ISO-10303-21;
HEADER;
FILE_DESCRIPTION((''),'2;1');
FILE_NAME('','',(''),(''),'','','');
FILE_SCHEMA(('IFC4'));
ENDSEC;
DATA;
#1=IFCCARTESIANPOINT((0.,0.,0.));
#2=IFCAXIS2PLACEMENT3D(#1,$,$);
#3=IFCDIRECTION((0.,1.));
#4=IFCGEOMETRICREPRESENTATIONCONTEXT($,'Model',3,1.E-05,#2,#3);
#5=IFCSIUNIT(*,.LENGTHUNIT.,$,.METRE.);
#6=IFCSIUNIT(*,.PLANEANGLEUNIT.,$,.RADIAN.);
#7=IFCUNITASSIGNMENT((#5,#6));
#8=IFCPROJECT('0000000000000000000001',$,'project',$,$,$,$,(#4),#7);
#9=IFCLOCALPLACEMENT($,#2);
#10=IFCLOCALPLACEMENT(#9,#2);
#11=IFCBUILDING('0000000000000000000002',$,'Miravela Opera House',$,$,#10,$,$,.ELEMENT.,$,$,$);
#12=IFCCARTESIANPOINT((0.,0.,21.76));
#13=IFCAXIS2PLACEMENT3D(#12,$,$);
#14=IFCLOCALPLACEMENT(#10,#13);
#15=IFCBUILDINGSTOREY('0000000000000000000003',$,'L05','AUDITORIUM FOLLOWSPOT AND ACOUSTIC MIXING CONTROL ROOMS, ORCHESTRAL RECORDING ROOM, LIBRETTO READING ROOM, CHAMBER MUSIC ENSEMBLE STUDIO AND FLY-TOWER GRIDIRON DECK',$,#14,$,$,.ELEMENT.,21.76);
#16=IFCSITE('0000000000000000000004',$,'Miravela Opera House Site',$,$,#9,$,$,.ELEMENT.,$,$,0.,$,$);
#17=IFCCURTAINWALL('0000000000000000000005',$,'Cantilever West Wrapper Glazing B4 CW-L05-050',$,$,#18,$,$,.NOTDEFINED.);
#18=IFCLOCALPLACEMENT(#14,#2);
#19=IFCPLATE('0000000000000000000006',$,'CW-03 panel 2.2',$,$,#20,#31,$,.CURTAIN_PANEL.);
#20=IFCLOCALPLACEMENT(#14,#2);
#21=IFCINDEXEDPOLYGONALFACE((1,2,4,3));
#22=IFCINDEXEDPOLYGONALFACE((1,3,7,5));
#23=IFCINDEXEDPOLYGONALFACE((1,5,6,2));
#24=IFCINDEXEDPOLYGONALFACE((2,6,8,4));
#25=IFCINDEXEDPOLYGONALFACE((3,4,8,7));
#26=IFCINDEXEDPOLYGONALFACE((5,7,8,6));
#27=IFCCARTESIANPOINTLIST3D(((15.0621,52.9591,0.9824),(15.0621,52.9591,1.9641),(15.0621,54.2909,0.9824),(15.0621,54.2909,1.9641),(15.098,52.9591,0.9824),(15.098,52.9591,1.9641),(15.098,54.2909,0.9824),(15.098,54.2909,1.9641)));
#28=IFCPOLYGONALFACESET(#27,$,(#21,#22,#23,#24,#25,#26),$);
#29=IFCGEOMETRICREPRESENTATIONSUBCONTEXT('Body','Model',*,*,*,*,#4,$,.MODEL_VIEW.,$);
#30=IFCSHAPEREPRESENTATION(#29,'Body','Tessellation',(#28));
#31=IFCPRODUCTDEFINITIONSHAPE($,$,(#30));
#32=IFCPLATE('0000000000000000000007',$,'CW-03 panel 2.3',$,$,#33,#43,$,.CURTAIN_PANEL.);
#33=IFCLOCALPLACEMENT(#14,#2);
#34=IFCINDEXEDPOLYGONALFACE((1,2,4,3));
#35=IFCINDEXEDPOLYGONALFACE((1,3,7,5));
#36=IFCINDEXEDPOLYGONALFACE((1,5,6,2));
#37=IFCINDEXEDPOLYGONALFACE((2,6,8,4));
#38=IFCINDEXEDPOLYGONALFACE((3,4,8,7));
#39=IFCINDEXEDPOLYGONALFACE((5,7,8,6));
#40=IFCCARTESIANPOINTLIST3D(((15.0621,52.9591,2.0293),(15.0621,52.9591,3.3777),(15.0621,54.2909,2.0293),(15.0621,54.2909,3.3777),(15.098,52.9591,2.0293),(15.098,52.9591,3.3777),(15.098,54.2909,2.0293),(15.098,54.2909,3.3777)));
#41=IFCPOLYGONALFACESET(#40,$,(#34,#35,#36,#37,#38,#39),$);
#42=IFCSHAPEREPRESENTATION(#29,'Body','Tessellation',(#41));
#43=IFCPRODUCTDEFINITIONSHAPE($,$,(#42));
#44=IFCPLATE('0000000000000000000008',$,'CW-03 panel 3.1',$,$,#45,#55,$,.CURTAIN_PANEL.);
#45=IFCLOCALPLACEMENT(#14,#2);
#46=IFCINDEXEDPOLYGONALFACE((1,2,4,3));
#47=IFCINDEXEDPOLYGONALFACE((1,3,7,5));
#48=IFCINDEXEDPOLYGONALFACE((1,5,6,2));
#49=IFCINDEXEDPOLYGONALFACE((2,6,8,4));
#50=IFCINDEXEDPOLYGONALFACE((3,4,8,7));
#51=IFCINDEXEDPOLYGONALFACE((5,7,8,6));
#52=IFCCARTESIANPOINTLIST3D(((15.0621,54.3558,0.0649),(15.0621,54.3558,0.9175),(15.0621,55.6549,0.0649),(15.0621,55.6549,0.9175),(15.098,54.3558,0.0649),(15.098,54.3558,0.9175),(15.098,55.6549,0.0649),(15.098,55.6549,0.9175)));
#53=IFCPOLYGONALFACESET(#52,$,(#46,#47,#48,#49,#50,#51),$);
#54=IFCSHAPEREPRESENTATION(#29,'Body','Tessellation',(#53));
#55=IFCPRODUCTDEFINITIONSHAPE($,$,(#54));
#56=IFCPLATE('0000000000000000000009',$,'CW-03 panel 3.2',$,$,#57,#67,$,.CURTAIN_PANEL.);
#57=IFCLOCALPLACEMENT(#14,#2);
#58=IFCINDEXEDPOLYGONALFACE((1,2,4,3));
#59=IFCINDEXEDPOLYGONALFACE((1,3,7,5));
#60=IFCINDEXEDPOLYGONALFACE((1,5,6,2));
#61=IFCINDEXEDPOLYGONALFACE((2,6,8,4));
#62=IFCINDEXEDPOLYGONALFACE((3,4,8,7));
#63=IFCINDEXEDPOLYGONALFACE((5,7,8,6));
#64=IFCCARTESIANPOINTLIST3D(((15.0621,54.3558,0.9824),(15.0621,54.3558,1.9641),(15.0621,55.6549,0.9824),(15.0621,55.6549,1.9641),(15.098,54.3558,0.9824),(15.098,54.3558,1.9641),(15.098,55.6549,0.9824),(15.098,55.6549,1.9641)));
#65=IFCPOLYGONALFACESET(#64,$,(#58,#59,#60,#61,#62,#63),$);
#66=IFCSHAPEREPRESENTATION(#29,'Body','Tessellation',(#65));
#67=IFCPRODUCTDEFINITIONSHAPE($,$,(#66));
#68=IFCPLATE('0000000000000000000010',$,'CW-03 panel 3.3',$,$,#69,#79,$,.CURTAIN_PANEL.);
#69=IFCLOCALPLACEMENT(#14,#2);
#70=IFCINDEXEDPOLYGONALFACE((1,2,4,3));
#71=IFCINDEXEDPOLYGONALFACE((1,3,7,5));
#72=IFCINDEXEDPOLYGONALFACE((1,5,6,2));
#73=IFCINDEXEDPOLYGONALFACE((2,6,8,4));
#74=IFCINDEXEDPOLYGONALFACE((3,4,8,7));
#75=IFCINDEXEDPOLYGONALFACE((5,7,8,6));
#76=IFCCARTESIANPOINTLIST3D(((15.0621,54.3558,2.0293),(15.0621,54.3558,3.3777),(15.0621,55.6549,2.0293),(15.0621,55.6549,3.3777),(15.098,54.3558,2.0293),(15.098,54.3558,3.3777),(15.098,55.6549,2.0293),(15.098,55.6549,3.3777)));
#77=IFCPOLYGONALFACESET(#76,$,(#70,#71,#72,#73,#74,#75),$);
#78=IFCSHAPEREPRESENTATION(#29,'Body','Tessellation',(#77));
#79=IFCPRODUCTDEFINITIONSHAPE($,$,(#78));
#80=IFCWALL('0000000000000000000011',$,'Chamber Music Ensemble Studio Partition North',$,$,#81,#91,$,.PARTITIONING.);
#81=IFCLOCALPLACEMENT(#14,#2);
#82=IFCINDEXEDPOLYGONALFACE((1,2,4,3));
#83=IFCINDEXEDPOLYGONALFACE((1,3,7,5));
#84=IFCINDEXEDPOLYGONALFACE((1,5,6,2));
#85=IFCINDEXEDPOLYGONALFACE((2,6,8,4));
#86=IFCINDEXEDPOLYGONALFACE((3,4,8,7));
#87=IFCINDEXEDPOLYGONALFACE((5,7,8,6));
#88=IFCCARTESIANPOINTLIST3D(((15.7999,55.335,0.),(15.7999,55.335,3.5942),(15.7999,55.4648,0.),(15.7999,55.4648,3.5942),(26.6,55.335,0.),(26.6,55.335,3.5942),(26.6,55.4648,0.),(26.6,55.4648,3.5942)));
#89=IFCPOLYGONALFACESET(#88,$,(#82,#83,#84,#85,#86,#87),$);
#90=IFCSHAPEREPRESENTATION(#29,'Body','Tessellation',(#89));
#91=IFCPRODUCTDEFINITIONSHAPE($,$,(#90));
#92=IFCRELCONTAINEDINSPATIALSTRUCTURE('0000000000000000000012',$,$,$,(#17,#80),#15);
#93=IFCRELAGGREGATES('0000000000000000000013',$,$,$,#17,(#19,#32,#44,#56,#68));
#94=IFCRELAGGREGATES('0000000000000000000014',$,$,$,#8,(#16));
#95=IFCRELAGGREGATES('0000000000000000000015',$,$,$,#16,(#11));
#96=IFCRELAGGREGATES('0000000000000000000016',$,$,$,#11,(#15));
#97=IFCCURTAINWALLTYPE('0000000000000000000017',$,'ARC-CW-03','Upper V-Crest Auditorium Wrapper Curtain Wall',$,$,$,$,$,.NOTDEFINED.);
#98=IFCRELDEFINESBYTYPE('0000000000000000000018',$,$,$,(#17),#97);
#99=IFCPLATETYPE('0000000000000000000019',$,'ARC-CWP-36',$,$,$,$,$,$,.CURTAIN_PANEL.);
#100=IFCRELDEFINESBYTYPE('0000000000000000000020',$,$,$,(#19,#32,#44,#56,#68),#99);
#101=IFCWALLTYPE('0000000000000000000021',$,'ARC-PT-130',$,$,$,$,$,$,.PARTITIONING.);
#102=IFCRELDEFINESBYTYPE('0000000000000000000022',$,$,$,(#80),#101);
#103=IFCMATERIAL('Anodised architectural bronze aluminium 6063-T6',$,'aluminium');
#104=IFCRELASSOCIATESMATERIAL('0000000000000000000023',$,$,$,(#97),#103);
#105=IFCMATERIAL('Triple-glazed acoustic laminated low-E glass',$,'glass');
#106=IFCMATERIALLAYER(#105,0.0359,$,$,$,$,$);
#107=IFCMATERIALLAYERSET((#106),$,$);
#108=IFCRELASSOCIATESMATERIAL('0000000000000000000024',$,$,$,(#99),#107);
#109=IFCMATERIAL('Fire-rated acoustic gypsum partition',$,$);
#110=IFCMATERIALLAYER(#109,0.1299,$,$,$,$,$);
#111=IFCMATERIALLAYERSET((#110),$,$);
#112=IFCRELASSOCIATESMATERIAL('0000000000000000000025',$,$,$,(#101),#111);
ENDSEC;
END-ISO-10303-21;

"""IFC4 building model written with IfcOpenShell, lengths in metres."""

from ifc_helpers import new_model, si_unit, direction, frame, frame_2d, origin, origin_2d, place, context, subcontext, project, spatial, rectangle, extrude, material, layer, layer_set, type_object, element, aggregate, save


model = new_model("IFC4")

# Units and contexts
model_context = context("Model", 3, precision=1e-05, world=origin(), true_north=direction((0.0, 1.0)))
body_context = subcontext(model_context, "Body", "Model", "MODEL_VIEW")
ifc_project = project(units=[si_unit("LENGTHUNIT", "METRE"), si_unit("PLANEANGLEUNIT", "RADIAN")], contexts=[model_context])

# Site, building, storey
site_placement = place(None, origin())
site = spatial("IfcSite", under=ifc_project, at=site_placement, Name="Miravela Opera House Site", CompositionType="ELEMENT", RefElevation=0.0)
building_placement = place(site_placement, origin())
building = spatial("IfcBuilding", under=site, at=building_placement, Name="Miravela Opera House", CompositionType="ELEMENT")
storey_placement = place(building_placement, frame((0.0, 0.0, 21.76)))
storey = spatial("IfcBuildingStorey", under=building, at=storey_placement, Name="L05", Description="AUDITORIUM FOLLOWSPOT AND ACOUSTIC MIXING CONTROL ROOMS, ORCHESTRAL RECORDING ROOM, LIBRETTO READING ROOM, CHAMBER MUSIC ENSEMBLE STUDIO AND FLY-TOWER GRIDIRON DECK", CompositionType="ELEMENT", Elevation=21.76)

# Curtain wall, plates
ifc_material_1 = material(Name="Anodised architectural bronze aluminium 6063-T6", Category="aluminium")
curtain_wall_type = type_object("IfcCurtainWallType", Name="ARC-CW-03", Description="Upper V-Crest Auditorium Wrapper Curtain Wall", PredefinedType="NOTDEFINED", material=ifc_material_1)
curtain_wall_placement = place(storey_placement, origin())
curtain_wall = element("IfcCurtainWall", 1, at=curtain_wall_placement, inside=storey, type_object=curtain_wall_type, Name="Cantilever West Wrapper Glazing B4 CW-L05-050", PredefinedType="NOTDEFINED")
ifc_material_2 = material(Name="Triple-glazed acoustic laminated low-E glass", Category="glass")
ifc_layer_1 = layer(ifc_material_2, 0.0359)
ifc_layer_set_1 = layer_set([ifc_layer_1])
plate_type = type_object("IfcPlateType", Name="ARC-CWP-36", PredefinedType="CURTAIN_PANEL", material=ifc_layer_set_1)
plate_1_placement = place(storey_placement, frame((15.0801, 53.625, 0.9824), z_axis=(0.0, 0.0, 1.0), x_axis=(0.0, 1.0, 0.0)))
plate_1 = element("IfcPlate", 2, at=plate_1_placement, type_object=plate_type, Name="CW-03 panel 2.2", PredefinedType="CURTAIN_PANEL", context=body_context, shape_type="SweptSolid", body=[
    extrude(rectangle(XDim=1.3318, YDim=0.0359, at=origin_2d()), origin(), (0.0, 0.0, 1.0), 0.9817),
])
plate_2_placement = place(storey_placement, frame((15.0801, 53.625, 2.0293), z_axis=(0.0, 0.0, 1.0), x_axis=(0.0, 1.0, 0.0)))
plate_2 = element("IfcPlate", 3, at=plate_2_placement, type_object=plate_type, Name="CW-03 panel 2.3", PredefinedType="CURTAIN_PANEL", context=body_context, shape_type="SweptSolid", body=[
    extrude(rectangle(XDim=1.3318, YDim=0.0359, at=origin_2d()), origin(), (0.0, 0.0, 1.0), 1.3484),
])
plate_3_placement = place(storey_placement, frame((15.0801, 55.0054, 0.0649), z_axis=(0.0, 0.0, 1.0), x_axis=(0.0, 1.0, 0.0)))
plate_3 = element("IfcPlate", 4, at=plate_3_placement, type_object=plate_type, Name="CW-03 panel 3.1", PredefinedType="CURTAIN_PANEL", context=body_context, shape_type="SweptSolid", body=[
    extrude(rectangle(XDim=1.2991, YDim=0.0359, at=origin_2d()), origin(), (0.0, 0.0, 1.0), 0.8525),
])
plate_4_placement = place(storey_placement, frame((15.0801, 55.0054, 0.9824), z_axis=(0.0, 0.0, 1.0), x_axis=(0.0, 1.0, 0.0)))
plate_4 = element("IfcPlate", 5, at=plate_4_placement, type_object=plate_type, Name="CW-03 panel 3.2", PredefinedType="CURTAIN_PANEL", context=body_context, shape_type="SweptSolid", body=[
    extrude(rectangle(XDim=1.2991, YDim=0.0359, at=origin_2d()), origin(), (0.0, 0.0, 1.0), 0.9817),
])
plate_5_placement = place(storey_placement, frame((15.0801, 55.0054, 2.0293), z_axis=(0.0, 0.0, 1.0), x_axis=(0.0, 1.0, 0.0)))
plate_5 = element("IfcPlate", 6, at=plate_5_placement, type_object=plate_type, Name="CW-03 panel 3.3", PredefinedType="CURTAIN_PANEL", context=body_context, shape_type="SweptSolid", body=[
    extrude(rectangle(XDim=1.2991, YDim=0.0359, at=origin_2d()), origin(), (0.0, 0.0, 1.0), 1.3484),
])
aggregate(curtain_wall, [plate_1, plate_2, plate_3, plate_4, plate_5])

# Wall
ifc_material_3 = material(Name="Fire-rated acoustic gypsum partition")
ifc_layer_2 = layer(ifc_material_3, 0.1299)
ifc_layer_set_2 = layer_set([ifc_layer_2])
wall_type = type_object("IfcWallType", Name="ARC-PT-130", PredefinedType="PARTITIONING", material=ifc_layer_set_2)
wall_placement = place(storey_placement, frame((15.8, 55.3999, 0.0), z_axis=(0.0, 0.0, 1.0), x_axis=(1.0, 0.0, 0.0)))
element("IfcWall", 7, at=wall_placement, inside=storey, type_object=wall_type, Name="Chamber Music Ensemble Studio Partition North", PredefinedType="PARTITIONING", context=body_context, shape_type="SweptSolid", body=[
    extrude(rectangle(XDim=10.8, YDim=0.1299, at=frame_2d((5.3999, 0.0))), origin(), (0.0, 0.0, 1.0), 3.5942),
])

save(model, "model.ifc")
